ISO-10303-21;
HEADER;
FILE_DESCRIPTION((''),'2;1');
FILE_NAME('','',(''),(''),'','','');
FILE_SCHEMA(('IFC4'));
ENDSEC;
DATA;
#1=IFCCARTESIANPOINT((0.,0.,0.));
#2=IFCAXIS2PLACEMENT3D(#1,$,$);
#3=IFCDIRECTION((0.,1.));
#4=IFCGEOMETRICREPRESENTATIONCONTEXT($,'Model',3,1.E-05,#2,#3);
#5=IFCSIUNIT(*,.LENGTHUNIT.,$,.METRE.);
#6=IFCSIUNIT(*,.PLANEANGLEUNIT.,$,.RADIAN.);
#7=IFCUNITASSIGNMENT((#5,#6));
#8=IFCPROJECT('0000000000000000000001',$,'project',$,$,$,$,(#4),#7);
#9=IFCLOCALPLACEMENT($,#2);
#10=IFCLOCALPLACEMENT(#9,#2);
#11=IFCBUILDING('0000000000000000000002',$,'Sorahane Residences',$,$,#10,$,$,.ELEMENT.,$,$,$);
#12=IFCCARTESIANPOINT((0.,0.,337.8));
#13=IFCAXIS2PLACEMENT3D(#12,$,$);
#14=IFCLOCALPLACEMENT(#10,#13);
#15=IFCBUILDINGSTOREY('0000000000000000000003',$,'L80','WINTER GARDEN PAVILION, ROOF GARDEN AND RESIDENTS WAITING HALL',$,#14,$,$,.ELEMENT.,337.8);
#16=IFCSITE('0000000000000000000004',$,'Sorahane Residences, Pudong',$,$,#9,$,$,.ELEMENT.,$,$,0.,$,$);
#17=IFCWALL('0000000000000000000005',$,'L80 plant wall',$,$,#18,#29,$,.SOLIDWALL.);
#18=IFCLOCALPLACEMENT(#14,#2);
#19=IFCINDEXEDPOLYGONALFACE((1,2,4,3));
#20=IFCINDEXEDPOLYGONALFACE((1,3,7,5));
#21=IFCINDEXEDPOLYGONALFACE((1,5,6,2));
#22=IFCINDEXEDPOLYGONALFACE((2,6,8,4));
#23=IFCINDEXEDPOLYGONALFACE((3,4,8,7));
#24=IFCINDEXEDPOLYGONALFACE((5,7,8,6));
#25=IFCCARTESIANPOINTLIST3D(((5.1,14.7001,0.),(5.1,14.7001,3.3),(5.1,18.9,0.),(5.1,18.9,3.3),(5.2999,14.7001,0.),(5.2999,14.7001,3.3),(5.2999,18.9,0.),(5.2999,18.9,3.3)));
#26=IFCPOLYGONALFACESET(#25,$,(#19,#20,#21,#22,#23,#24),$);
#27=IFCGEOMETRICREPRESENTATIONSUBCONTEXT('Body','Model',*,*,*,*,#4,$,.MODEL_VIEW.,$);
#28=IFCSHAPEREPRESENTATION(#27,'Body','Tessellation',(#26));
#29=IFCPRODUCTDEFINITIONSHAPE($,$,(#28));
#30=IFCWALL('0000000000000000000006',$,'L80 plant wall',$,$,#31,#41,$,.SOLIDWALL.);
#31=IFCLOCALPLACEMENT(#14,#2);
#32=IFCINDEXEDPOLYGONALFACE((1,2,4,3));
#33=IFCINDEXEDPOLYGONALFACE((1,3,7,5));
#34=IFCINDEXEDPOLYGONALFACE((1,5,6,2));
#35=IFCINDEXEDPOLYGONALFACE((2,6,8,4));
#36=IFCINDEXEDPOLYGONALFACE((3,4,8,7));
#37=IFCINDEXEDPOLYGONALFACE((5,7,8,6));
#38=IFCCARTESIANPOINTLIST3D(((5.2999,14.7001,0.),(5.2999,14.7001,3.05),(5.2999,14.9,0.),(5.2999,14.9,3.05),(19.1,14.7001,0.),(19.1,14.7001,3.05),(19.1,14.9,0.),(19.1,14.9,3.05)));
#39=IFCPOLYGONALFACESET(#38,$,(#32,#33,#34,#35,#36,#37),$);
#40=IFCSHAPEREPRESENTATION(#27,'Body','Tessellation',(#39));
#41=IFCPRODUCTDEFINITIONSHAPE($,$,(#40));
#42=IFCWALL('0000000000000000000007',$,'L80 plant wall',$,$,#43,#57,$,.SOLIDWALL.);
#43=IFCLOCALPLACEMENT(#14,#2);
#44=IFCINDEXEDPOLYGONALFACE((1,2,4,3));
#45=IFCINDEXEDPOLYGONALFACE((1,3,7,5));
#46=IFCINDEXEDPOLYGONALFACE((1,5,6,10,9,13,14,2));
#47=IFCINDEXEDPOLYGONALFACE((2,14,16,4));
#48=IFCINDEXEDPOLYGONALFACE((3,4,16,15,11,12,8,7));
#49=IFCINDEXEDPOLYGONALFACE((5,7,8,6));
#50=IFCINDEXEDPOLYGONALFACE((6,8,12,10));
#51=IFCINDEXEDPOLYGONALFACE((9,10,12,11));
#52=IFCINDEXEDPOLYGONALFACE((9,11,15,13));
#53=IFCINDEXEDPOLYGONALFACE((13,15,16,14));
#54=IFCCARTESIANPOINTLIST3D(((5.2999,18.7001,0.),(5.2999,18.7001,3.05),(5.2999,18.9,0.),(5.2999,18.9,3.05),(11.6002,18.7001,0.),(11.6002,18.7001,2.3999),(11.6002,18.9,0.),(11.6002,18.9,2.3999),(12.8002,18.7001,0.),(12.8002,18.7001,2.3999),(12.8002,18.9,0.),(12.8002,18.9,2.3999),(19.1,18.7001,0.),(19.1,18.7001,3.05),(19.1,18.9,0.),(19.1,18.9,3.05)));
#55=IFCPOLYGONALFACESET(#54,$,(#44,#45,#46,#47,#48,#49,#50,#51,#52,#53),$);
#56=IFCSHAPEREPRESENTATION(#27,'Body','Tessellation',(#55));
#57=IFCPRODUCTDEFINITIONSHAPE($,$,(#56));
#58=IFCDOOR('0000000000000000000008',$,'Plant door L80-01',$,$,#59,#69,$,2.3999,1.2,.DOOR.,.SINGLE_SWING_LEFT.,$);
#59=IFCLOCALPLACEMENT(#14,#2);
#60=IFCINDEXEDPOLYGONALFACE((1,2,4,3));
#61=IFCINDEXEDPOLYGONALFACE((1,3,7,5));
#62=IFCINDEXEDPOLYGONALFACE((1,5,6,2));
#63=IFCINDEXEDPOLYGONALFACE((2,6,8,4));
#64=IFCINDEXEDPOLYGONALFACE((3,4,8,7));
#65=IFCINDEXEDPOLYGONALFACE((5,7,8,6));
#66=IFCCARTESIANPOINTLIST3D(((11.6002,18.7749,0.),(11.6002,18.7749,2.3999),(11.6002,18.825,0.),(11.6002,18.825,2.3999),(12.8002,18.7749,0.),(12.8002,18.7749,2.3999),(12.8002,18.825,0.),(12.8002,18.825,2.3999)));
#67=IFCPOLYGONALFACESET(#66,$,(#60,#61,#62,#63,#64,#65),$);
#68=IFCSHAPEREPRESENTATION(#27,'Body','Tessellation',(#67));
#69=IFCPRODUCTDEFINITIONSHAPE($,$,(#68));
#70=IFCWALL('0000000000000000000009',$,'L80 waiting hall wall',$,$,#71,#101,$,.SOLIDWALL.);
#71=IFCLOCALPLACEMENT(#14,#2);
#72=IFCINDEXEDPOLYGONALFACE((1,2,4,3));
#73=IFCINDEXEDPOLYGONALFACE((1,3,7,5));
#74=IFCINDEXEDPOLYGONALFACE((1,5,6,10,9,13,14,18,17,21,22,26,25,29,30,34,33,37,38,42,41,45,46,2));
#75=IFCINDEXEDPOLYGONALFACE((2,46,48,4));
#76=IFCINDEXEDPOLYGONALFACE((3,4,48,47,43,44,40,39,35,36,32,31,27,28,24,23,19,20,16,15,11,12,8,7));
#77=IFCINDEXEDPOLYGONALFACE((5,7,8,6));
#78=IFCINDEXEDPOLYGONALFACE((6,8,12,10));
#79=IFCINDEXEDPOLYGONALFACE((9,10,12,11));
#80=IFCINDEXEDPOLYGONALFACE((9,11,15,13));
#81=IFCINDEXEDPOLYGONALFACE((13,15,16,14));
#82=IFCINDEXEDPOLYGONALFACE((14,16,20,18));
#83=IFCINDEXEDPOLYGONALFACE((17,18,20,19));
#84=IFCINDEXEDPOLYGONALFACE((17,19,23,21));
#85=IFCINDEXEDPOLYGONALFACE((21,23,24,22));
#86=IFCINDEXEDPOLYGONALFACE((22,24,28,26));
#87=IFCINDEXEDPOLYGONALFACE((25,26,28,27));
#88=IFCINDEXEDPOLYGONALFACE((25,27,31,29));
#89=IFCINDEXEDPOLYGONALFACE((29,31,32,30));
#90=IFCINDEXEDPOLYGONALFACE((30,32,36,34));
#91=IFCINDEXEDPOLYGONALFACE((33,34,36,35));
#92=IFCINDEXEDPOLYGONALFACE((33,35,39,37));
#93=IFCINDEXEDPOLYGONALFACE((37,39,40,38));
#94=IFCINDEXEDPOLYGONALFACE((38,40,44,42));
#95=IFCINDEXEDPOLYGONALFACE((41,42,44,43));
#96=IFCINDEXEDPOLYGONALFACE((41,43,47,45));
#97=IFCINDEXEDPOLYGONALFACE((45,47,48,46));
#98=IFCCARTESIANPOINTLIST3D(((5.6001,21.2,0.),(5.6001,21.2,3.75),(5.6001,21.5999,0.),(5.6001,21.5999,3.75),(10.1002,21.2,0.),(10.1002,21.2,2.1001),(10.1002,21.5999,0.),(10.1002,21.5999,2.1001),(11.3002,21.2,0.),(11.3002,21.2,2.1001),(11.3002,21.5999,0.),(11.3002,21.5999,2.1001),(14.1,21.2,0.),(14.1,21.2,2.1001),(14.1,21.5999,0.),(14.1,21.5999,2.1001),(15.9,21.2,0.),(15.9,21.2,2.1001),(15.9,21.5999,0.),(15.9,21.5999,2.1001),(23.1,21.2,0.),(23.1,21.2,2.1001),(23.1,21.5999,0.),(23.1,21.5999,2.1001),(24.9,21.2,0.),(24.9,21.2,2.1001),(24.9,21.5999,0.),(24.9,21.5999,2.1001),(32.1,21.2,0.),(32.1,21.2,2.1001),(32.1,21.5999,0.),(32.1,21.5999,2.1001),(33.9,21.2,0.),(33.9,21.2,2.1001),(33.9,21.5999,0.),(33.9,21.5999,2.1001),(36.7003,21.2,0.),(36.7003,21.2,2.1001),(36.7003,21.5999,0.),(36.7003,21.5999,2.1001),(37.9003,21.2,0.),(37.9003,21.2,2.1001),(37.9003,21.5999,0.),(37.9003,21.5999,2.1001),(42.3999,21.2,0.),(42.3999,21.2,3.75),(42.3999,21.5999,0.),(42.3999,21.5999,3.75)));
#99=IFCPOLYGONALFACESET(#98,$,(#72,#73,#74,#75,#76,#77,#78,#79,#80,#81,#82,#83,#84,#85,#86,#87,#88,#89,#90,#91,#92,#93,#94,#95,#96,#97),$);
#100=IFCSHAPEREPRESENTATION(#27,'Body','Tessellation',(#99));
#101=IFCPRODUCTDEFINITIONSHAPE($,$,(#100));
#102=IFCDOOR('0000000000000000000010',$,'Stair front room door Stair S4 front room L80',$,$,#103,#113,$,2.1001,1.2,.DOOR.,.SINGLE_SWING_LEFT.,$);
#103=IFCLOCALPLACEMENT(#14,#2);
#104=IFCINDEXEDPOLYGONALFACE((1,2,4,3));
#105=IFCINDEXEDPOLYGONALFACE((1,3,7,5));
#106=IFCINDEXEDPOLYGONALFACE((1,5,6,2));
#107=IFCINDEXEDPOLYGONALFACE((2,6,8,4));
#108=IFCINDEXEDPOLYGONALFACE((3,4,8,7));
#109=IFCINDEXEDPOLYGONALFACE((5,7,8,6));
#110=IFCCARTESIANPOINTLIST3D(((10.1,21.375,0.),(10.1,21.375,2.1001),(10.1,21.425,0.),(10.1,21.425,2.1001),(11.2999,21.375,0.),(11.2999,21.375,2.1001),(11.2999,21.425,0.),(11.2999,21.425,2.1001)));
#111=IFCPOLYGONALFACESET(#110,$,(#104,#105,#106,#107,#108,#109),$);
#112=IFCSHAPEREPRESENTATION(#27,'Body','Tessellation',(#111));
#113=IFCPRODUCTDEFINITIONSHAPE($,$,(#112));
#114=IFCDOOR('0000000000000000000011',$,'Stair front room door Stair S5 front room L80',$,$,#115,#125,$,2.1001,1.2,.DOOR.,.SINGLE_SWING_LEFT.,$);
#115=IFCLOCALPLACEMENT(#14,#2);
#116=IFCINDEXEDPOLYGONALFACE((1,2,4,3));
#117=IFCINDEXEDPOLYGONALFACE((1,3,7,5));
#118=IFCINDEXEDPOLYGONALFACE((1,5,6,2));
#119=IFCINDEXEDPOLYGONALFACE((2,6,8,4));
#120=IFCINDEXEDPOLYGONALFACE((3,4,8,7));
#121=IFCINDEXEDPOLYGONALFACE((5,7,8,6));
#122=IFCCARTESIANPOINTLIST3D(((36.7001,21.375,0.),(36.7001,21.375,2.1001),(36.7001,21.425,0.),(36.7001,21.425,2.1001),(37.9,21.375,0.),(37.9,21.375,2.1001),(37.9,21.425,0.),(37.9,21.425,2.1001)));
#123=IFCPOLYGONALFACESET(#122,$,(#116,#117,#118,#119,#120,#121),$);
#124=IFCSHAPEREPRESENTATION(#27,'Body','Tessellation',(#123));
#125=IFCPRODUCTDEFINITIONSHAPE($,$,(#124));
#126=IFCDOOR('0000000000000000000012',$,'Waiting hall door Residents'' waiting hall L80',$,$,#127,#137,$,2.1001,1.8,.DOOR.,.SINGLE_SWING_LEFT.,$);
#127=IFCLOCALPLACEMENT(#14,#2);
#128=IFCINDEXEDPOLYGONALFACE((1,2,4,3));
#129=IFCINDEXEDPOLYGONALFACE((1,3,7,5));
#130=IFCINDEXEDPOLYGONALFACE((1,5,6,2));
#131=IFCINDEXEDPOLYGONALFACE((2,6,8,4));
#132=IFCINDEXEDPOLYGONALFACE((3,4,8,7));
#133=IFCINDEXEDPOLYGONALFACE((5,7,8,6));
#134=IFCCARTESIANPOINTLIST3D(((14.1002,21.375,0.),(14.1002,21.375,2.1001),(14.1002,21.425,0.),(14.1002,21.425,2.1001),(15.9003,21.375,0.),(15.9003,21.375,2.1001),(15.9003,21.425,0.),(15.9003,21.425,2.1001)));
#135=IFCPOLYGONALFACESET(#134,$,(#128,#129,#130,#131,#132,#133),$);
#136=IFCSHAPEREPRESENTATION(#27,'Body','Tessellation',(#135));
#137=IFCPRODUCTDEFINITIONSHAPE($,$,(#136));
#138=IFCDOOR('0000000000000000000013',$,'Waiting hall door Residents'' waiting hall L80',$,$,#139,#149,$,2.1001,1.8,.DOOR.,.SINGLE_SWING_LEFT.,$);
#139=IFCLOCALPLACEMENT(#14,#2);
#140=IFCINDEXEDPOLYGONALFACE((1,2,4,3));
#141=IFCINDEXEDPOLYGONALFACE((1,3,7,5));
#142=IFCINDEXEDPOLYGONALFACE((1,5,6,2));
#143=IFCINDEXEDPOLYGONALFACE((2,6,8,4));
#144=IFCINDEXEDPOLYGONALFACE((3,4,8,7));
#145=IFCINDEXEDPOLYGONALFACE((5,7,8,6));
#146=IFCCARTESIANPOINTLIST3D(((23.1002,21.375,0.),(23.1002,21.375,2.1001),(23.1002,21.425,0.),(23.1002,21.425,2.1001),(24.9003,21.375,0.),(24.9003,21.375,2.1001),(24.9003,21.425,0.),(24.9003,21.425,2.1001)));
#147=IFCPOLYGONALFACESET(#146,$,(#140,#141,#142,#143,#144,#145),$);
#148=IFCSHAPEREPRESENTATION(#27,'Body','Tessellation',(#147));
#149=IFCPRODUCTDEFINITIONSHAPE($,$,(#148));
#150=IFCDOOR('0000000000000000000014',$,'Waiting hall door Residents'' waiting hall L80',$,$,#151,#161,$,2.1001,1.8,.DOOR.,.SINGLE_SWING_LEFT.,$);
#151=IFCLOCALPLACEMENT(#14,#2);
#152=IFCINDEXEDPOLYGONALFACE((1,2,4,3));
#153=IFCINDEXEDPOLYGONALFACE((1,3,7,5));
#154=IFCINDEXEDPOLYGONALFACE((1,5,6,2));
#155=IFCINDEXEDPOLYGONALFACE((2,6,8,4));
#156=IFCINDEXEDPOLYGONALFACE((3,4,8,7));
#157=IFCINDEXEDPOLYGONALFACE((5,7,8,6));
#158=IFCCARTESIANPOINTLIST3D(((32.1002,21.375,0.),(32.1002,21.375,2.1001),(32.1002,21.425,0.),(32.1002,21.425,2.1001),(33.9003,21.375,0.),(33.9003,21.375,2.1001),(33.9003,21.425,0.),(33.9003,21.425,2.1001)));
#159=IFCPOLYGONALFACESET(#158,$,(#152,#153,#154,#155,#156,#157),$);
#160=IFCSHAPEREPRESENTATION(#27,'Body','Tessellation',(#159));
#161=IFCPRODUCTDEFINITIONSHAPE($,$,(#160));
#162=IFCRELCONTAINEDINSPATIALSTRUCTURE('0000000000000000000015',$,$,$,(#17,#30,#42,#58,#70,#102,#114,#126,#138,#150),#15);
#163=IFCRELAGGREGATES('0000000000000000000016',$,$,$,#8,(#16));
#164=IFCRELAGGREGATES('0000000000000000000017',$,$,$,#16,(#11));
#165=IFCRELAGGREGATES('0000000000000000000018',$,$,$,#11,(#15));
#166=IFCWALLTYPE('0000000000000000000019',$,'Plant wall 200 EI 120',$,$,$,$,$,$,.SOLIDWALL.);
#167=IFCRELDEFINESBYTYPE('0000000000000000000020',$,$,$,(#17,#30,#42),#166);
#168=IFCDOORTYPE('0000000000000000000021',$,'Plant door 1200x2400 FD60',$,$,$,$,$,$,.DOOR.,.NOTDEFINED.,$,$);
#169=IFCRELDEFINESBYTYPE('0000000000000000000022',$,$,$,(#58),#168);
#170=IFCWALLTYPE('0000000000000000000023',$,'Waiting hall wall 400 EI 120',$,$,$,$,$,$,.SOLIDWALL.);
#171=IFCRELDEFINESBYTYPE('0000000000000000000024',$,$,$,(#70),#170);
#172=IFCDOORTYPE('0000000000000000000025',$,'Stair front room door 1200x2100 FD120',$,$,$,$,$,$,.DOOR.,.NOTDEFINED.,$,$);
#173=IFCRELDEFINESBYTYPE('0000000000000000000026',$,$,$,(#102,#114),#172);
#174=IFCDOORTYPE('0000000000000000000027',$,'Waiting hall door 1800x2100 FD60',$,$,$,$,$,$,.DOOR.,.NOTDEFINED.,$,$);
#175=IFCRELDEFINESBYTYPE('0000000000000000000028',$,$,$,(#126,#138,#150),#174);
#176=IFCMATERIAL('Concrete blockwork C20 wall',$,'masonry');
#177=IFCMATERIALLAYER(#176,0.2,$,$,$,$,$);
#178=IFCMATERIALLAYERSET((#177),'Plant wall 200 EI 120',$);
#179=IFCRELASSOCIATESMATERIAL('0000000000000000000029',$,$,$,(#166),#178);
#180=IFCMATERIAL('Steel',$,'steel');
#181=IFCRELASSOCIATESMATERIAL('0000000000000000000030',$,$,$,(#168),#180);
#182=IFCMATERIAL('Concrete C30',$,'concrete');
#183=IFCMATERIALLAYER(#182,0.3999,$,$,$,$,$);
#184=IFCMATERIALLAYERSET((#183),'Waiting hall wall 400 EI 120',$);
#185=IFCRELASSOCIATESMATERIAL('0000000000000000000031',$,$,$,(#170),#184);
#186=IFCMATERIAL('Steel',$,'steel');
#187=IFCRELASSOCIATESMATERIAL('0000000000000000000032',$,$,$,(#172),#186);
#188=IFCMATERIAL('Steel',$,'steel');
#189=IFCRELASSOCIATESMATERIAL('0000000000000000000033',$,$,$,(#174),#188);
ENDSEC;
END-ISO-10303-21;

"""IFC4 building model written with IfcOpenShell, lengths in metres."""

from ifc_helpers import new_model, si_unit, direction, frame, frame_2d, origin, place, context, subcontext, project, spatial, rectangle, extrude, material, layer, layer_set, type_object, element, fill, save


model = new_model("IFC4")

# Units and contexts
model_context = context("Model", 3, precision=1e-05, world=origin(), true_north=direction((0.0, 1.0)))
body_context = subcontext(model_context, "Body", "Model", "MODEL_VIEW")
ifc_project = project(units=[si_unit("LENGTHUNIT", "METRE"), si_unit("PLANEANGLEUNIT", "RADIAN")], contexts=[model_context])

# Site, building, storey
site_placement = place(None, origin())
site = spatial("IfcSite", under=ifc_project, at=site_placement, Name="Sorahane Residences, Pudong", CompositionType="ELEMENT", RefElevation=0.0)
building_placement = place(site_placement, origin())
building = spatial("IfcBuilding", under=site, at=building_placement, Name="Sorahane Residences", CompositionType="ELEMENT")
storey_placement = place(building_placement, frame((0.0, 0.0, 337.8)))
storey = spatial("IfcBuildingStorey", under=building, at=storey_placement, Name="L80", Description="WINTER GARDEN PAVILION, ROOF GARDEN AND RESIDENTS WAITING HALL", CompositionType="ELEMENT", Elevation=337.8)

# Walls
ifc_material_1 = material(Name="Concrete blockwork C20 wall", Category="masonry")
ifc_layer_1 = layer(ifc_material_1, 0.2)
ifc_layer_set_1 = layer_set([ifc_layer_1], Name="Plant wall 200 EI 120")
wall_type_1 = type_object("IfcWallType", Name="Plant wall 200 EI 120", PredefinedType="SOLIDWALL", material=ifc_layer_set_1)
wall_1_placement = place(storey_placement, frame((5.2, 14.7, 0.0), z_axis=(0.0, 0.0, 1.0), x_axis=(0.0, 1.0, 0.0)))
element("IfcWall", 1, at=wall_1_placement, inside=storey, type_object=wall_type_1, Name="L80 plant wall", PredefinedType="SOLIDWALL", context=body_context, shape_type="SweptSolid", body=[
    extrude(rectangle(XDim=4.2, YDim=0.2, at=frame_2d((2.1001, 0.0))), origin(), (0.0, 0.0, 1.0), 3.3),
])
wall_2_placement = place(storey_placement, frame((5.3, 14.8, 0.0), z_axis=(0.0, 0.0, 1.0), x_axis=(1.0, 0.0, 0.0)))
element("IfcWall", 2, at=wall_2_placement, inside=storey, type_object=wall_type_1, Name="L80 plant wall", PredefinedType="SOLIDWALL", context=body_context, shape_type="SweptSolid", body=[
    extrude(rectangle(XDim=13.8, YDim=0.2, at=frame_2d((6.8999, 0.0))), origin(), (0.0, 0.0, 1.0), 3.05),
])

# Wall, opening, door
wall_3_placement = place(storey_placement, frame((5.3, 18.8, 0.0), z_axis=(0.0, 0.0, 1.0), x_axis=(1.0, 0.0, 0.0)))
wall_3 = element("IfcWall", 3, at=wall_3_placement, inside=storey, type_object=wall_type_1, Name="L80 plant wall", PredefinedType="SOLIDWALL", context=body_context, shape_type="SweptSolid", body=[
    extrude(rectangle(XDim=13.8, YDim=0.2, at=frame_2d((6.8999, 0.0))), origin(), (0.0, 0.0, 1.0), 3.05),
])
opening_1_placement = place(wall_3_placement, frame((6.3, 0.0, 0.0)))
opening_1 = element("IfcOpeningElement", 4, at=opening_1_placement, cuts=wall_3, PredefinedType="OPENING", context=body_context, shape_type="SweptSolid", body=[
    extrude(rectangle(XDim=1.2, YDim=2.3999, at=frame_2d((0.6001, 1.2))), frame((0.0, 0.1099, 0.0), z_axis=(0.0, -1.0, 0.0), x_axis=(1.0, 0.0, 0.0)), (0.0, 0.0, 1.0), 0.22),
])
ifc_material_2 = material(Name="Steel", Category="steel")
door_type_1 = type_object("IfcDoorType", Name="Plant door 1200x2400 FD60", OperationType="NOTDEFINED", PredefinedType="DOOR", material=ifc_material_2)
door_1_placement = place(opening_1_placement, origin())
door_1 = element("IfcDoor", 5, at=door_1_placement, inside=storey, type_object=door_type_1, Name="Plant door L80-01", OperationType="SINGLE_SWING_LEFT", OverallHeight=2.3999, OverallWidth=1.2, PredefinedType="DOOR", context=body_context, shape_type="SweptSolid", body=[
    extrude(rectangle(XDim=1.2, YDim=2.3999, at=frame_2d((0.6001, 1.2))), frame((0.0, 0.0249, 0.0), z_axis=(0.0, -1.0, 0.0), x_axis=(1.0, 0.0, 0.0)), (0.0, 0.0, 1.0), 0.05),
])
fill(opening_1, door_1)

# Wall, openings, doors
ifc_material_3 = material(Name="Concrete C30", Category="concrete")
ifc_layer_2 = layer(ifc_material_3, 0.3999)
ifc_layer_set_2 = layer_set([ifc_layer_2], Name="Waiting hall wall 400 EI 120")
wall_type_2 = type_object("IfcWallType", Name="Waiting hall wall 400 EI 120", PredefinedType="SOLIDWALL", material=ifc_layer_set_2)
wall_4_placement = place(storey_placement, frame((5.6001, 21.3999, 0.0), z_axis=(0.0, 0.0, 1.0), x_axis=(1.0, 0.0, 0.0)))
wall_4 = element("IfcWall", 6, at=wall_4_placement, inside=storey, type_object=wall_type_2, Name="L80 waiting hall wall", PredefinedType="SOLIDWALL", context=body_context, shape_type="SweptSolid", body=[
    extrude(rectangle(XDim=36.7998, YDim=0.3999, at=frame_2d((18.3999, 0.0))), origin(), (0.0, 0.0, 1.0), 3.75),
])
opening_2_placement = place(wall_4_placement, frame((8.5, 0.0, 0.0)))
opening_2 = element("IfcOpeningElement", 7, at=opening_2_placement, cuts=wall_4, PredefinedType="OPENING", context=body_context, shape_type="SweptSolid", body=[
    extrude(rectangle(XDim=1.8, YDim=2.1001, at=frame_2d((0.8999, 1.05))), frame((0.0, 0.21, 0.0), z_axis=(0.0, -1.0, 0.0), x_axis=(1.0, 0.0, 0.0)), (0.0, 0.0, 1.0), 0.4199),
])
opening_3_placement = place(wall_4_placement, frame((17.5, 0.0, 0.0)))
opening_3 = element("IfcOpeningElement", 8, at=opening_3_placement, cuts=wall_4, PredefinedType="OPENING", context=body_context, shape_type="SweptSolid", body=[
    extrude(rectangle(XDim=1.8, YDim=2.1001, at=frame_2d((0.8999, 1.05))), frame((0.0, 0.21, 0.0), z_axis=(0.0, -1.0, 0.0), x_axis=(1.0, 0.0, 0.0)), (0.0, 0.0, 1.0), 0.4199),
])
opening_4_placement = place(wall_4_placement, frame((26.5, 0.0, 0.0)))
opening_4 = element("IfcOpeningElement", 9, at=opening_4_placement, cuts=wall_4, PredefinedType="OPENING", context=body_context, shape_type="SweptSolid", body=[
    extrude(rectangle(XDim=1.8, YDim=2.1001, at=frame_2d((0.8999, 1.05))), frame((0.0, 0.21, 0.0), z_axis=(0.0, -1.0, 0.0), x_axis=(1.0, 0.0, 0.0)), (0.0, 0.0, 1.0), 0.4199),
])
opening_5_placement = place(wall_4_placement, frame((4.5, 0.0, 0.0)))
opening_5 = element("IfcOpeningElement", 10, at=opening_5_placement, cuts=wall_4, PredefinedType="OPENING", context=body_context, shape_type="SweptSolid", body=[
    extrude(rectangle(XDim=1.2, YDim=2.1001, at=frame_2d((0.6001, 1.05))), frame((0.0, 0.21, 0.0), z_axis=(0.0, -1.0, 0.0), x_axis=(1.0, 0.0, 0.0)), (0.0, 0.0, 1.0), 0.4199),
])
opening_6_placement = place(wall_4_placement, frame((31.1001, 0.0, 0.0)))
opening_6 = element("IfcOpeningElement", 11, at=opening_6_placement, cuts=wall_4, PredefinedType="OPENING", context=body_context, shape_type="SweptSolid", body=[
    extrude(rectangle(XDim=1.2, YDim=2.1001, at=frame_2d((0.6001, 1.05))), frame((0.0, 0.21, 0.0), z_axis=(0.0, -1.0, 0.0), x_axis=(1.0, 0.0, 0.0)), (0.0, 0.0, 1.0), 0.4199),
])
ifc_material_4 = material(Name="Steel", Category="steel")
door_type_2 = type_object("IfcDoorType", Name="Stair front room door 1200x2100 FD120", OperationType="NOTDEFINED", PredefinedType="DOOR", material=ifc_material_4)
door_2_placement = place(opening_5_placement, frame((1.2, 0.0, 0.0), z_axis=(0.0, 0.0, 1.0), x_axis=(-1.0, 0.0, 0.0)))
door_2 = element("IfcDoor", 12, at=door_2_placement, inside=storey, type_object=door_type_2, Name="Stair front room door Stair S4 front room L80", OperationType="SINGLE_SWING_LEFT", OverallHeight=2.1001, OverallWidth=1.2, PredefinedType="DOOR", context=body_context, shape_type="SweptSolid", body=[
    extrude(rectangle(XDim=1.2, YDim=2.1001, at=frame_2d((0.6001, 1.05))), frame((0.0, 0.0249, 0.0), z_axis=(0.0, -1.0, 0.0), x_axis=(1.0, 0.0, 0.0)), (0.0, 0.0, 1.0), 0.05),
])
fill(opening_5, door_2)
door_3_placement = place(opening_6_placement, frame((1.2, 0.0, 0.0), z_axis=(0.0, 0.0, 1.0), x_axis=(-1.0, 0.0, 0.0)))
door_3 = element("IfcDoor", 13, at=door_3_placement, inside=storey, type_object=door_type_2, Name="Stair front room door Stair S5 front room L80", OperationType="SINGLE_SWING_LEFT", OverallHeight=2.1001, OverallWidth=1.2, PredefinedType="DOOR", context=body_context, shape_type="SweptSolid", body=[
    extrude(rectangle(XDim=1.2, YDim=2.1001, at=frame_2d((0.6001, 1.05))), frame((0.0, 0.0249, 0.0), z_axis=(0.0, -1.0, 0.0), x_axis=(1.0, 0.0, 0.0)), (0.0, 0.0, 1.0), 0.05),
])
fill(opening_6, door_3)
ifc_material_5 = material(Name="Steel", Category="steel")
door_type_3 = type_object("IfcDoorType", Name="Waiting hall door 1800x2100 FD60", OperationType="NOTDEFINED", PredefinedType="DOOR", material=ifc_material_5)
door_4_placement = place(opening_2_placement, frame((1.8, 0.0, 0.0), z_axis=(0.0, 0.0, 1.0), x_axis=(-1.0, 0.0, 0.0)))
door_4 = element("IfcDoor", 14, at=door_4_placement, inside=storey, type_object=door_type_3, Name="Waiting hall door Residents' waiting hall L80", OperationType="SINGLE_SWING_LEFT", OverallHeight=2.1001, OverallWidth=1.8, PredefinedType="DOOR", context=body_context, shape_type="SweptSolid", body=[
    extrude(rectangle(XDim=1.8, YDim=2.1001, at=frame_2d((0.8999, 1.05))), frame((0.0, 0.0249, 0.0), z_axis=(0.0, -1.0, 0.0), x_axis=(1.0, 0.0, 0.0)), (0.0, 0.0, 1.0), 0.05),
])
fill(opening_2, door_4)
door_5_placement = place(opening_3_placement, frame((1.8, 0.0, 0.0), z_axis=(0.0, 0.0, 1.0), x_axis=(-1.0, 0.0, 0.0)))
door_5 = element("IfcDoor", 15, at=door_5_placement, inside=storey, type_object=door_type_3, Name="Waiting hall door Residents' waiting hall L80", OperationType="SINGLE_SWING_LEFT", OverallHeight=2.1001, OverallWidth=1.8, PredefinedType="DOOR", context=body_context, shape_type="SweptSolid", body=[
    extrude(rectangle(XDim=1.8, YDim=2.1001, at=frame_2d((0.8999, 1.05))), frame((0.0, 0.0249, 0.0), z_axis=(0.0, -1.0, 0.0), x_axis=(1.0, 0.0, 0.0)), (0.0, 0.0, 1.0), 0.05),
])
fill(opening_3, door_5)
door_6_placement = place(opening_4_placement, frame((1.8, 0.0, 0.0), z_axis=(0.0, 0.0, 1.0), x_axis=(-1.0, 0.0, 0.0)))
door_6 = element("IfcDoor", 16, at=door_6_placement, inside=storey, type_object=door_type_3, Name="Waiting hall door Residents' waiting hall L80", OperationType="SINGLE_SWING_LEFT", OverallHeight=2.1001, OverallWidth=1.8, PredefinedType="DOOR", context=body_context, shape_type="SweptSolid", body=[
    extrude(rectangle(XDim=1.8, YDim=2.1001, at=frame_2d((0.8999, 1.05))), frame((0.0, 0.0249, 0.0), z_axis=(0.0, -1.0, 0.0), x_axis=(1.0, 0.0, 0.0)), (0.0, 0.0, 1.0), 0.05),
])
fill(opening_4, door_6)

save(model, "model.ifc")
